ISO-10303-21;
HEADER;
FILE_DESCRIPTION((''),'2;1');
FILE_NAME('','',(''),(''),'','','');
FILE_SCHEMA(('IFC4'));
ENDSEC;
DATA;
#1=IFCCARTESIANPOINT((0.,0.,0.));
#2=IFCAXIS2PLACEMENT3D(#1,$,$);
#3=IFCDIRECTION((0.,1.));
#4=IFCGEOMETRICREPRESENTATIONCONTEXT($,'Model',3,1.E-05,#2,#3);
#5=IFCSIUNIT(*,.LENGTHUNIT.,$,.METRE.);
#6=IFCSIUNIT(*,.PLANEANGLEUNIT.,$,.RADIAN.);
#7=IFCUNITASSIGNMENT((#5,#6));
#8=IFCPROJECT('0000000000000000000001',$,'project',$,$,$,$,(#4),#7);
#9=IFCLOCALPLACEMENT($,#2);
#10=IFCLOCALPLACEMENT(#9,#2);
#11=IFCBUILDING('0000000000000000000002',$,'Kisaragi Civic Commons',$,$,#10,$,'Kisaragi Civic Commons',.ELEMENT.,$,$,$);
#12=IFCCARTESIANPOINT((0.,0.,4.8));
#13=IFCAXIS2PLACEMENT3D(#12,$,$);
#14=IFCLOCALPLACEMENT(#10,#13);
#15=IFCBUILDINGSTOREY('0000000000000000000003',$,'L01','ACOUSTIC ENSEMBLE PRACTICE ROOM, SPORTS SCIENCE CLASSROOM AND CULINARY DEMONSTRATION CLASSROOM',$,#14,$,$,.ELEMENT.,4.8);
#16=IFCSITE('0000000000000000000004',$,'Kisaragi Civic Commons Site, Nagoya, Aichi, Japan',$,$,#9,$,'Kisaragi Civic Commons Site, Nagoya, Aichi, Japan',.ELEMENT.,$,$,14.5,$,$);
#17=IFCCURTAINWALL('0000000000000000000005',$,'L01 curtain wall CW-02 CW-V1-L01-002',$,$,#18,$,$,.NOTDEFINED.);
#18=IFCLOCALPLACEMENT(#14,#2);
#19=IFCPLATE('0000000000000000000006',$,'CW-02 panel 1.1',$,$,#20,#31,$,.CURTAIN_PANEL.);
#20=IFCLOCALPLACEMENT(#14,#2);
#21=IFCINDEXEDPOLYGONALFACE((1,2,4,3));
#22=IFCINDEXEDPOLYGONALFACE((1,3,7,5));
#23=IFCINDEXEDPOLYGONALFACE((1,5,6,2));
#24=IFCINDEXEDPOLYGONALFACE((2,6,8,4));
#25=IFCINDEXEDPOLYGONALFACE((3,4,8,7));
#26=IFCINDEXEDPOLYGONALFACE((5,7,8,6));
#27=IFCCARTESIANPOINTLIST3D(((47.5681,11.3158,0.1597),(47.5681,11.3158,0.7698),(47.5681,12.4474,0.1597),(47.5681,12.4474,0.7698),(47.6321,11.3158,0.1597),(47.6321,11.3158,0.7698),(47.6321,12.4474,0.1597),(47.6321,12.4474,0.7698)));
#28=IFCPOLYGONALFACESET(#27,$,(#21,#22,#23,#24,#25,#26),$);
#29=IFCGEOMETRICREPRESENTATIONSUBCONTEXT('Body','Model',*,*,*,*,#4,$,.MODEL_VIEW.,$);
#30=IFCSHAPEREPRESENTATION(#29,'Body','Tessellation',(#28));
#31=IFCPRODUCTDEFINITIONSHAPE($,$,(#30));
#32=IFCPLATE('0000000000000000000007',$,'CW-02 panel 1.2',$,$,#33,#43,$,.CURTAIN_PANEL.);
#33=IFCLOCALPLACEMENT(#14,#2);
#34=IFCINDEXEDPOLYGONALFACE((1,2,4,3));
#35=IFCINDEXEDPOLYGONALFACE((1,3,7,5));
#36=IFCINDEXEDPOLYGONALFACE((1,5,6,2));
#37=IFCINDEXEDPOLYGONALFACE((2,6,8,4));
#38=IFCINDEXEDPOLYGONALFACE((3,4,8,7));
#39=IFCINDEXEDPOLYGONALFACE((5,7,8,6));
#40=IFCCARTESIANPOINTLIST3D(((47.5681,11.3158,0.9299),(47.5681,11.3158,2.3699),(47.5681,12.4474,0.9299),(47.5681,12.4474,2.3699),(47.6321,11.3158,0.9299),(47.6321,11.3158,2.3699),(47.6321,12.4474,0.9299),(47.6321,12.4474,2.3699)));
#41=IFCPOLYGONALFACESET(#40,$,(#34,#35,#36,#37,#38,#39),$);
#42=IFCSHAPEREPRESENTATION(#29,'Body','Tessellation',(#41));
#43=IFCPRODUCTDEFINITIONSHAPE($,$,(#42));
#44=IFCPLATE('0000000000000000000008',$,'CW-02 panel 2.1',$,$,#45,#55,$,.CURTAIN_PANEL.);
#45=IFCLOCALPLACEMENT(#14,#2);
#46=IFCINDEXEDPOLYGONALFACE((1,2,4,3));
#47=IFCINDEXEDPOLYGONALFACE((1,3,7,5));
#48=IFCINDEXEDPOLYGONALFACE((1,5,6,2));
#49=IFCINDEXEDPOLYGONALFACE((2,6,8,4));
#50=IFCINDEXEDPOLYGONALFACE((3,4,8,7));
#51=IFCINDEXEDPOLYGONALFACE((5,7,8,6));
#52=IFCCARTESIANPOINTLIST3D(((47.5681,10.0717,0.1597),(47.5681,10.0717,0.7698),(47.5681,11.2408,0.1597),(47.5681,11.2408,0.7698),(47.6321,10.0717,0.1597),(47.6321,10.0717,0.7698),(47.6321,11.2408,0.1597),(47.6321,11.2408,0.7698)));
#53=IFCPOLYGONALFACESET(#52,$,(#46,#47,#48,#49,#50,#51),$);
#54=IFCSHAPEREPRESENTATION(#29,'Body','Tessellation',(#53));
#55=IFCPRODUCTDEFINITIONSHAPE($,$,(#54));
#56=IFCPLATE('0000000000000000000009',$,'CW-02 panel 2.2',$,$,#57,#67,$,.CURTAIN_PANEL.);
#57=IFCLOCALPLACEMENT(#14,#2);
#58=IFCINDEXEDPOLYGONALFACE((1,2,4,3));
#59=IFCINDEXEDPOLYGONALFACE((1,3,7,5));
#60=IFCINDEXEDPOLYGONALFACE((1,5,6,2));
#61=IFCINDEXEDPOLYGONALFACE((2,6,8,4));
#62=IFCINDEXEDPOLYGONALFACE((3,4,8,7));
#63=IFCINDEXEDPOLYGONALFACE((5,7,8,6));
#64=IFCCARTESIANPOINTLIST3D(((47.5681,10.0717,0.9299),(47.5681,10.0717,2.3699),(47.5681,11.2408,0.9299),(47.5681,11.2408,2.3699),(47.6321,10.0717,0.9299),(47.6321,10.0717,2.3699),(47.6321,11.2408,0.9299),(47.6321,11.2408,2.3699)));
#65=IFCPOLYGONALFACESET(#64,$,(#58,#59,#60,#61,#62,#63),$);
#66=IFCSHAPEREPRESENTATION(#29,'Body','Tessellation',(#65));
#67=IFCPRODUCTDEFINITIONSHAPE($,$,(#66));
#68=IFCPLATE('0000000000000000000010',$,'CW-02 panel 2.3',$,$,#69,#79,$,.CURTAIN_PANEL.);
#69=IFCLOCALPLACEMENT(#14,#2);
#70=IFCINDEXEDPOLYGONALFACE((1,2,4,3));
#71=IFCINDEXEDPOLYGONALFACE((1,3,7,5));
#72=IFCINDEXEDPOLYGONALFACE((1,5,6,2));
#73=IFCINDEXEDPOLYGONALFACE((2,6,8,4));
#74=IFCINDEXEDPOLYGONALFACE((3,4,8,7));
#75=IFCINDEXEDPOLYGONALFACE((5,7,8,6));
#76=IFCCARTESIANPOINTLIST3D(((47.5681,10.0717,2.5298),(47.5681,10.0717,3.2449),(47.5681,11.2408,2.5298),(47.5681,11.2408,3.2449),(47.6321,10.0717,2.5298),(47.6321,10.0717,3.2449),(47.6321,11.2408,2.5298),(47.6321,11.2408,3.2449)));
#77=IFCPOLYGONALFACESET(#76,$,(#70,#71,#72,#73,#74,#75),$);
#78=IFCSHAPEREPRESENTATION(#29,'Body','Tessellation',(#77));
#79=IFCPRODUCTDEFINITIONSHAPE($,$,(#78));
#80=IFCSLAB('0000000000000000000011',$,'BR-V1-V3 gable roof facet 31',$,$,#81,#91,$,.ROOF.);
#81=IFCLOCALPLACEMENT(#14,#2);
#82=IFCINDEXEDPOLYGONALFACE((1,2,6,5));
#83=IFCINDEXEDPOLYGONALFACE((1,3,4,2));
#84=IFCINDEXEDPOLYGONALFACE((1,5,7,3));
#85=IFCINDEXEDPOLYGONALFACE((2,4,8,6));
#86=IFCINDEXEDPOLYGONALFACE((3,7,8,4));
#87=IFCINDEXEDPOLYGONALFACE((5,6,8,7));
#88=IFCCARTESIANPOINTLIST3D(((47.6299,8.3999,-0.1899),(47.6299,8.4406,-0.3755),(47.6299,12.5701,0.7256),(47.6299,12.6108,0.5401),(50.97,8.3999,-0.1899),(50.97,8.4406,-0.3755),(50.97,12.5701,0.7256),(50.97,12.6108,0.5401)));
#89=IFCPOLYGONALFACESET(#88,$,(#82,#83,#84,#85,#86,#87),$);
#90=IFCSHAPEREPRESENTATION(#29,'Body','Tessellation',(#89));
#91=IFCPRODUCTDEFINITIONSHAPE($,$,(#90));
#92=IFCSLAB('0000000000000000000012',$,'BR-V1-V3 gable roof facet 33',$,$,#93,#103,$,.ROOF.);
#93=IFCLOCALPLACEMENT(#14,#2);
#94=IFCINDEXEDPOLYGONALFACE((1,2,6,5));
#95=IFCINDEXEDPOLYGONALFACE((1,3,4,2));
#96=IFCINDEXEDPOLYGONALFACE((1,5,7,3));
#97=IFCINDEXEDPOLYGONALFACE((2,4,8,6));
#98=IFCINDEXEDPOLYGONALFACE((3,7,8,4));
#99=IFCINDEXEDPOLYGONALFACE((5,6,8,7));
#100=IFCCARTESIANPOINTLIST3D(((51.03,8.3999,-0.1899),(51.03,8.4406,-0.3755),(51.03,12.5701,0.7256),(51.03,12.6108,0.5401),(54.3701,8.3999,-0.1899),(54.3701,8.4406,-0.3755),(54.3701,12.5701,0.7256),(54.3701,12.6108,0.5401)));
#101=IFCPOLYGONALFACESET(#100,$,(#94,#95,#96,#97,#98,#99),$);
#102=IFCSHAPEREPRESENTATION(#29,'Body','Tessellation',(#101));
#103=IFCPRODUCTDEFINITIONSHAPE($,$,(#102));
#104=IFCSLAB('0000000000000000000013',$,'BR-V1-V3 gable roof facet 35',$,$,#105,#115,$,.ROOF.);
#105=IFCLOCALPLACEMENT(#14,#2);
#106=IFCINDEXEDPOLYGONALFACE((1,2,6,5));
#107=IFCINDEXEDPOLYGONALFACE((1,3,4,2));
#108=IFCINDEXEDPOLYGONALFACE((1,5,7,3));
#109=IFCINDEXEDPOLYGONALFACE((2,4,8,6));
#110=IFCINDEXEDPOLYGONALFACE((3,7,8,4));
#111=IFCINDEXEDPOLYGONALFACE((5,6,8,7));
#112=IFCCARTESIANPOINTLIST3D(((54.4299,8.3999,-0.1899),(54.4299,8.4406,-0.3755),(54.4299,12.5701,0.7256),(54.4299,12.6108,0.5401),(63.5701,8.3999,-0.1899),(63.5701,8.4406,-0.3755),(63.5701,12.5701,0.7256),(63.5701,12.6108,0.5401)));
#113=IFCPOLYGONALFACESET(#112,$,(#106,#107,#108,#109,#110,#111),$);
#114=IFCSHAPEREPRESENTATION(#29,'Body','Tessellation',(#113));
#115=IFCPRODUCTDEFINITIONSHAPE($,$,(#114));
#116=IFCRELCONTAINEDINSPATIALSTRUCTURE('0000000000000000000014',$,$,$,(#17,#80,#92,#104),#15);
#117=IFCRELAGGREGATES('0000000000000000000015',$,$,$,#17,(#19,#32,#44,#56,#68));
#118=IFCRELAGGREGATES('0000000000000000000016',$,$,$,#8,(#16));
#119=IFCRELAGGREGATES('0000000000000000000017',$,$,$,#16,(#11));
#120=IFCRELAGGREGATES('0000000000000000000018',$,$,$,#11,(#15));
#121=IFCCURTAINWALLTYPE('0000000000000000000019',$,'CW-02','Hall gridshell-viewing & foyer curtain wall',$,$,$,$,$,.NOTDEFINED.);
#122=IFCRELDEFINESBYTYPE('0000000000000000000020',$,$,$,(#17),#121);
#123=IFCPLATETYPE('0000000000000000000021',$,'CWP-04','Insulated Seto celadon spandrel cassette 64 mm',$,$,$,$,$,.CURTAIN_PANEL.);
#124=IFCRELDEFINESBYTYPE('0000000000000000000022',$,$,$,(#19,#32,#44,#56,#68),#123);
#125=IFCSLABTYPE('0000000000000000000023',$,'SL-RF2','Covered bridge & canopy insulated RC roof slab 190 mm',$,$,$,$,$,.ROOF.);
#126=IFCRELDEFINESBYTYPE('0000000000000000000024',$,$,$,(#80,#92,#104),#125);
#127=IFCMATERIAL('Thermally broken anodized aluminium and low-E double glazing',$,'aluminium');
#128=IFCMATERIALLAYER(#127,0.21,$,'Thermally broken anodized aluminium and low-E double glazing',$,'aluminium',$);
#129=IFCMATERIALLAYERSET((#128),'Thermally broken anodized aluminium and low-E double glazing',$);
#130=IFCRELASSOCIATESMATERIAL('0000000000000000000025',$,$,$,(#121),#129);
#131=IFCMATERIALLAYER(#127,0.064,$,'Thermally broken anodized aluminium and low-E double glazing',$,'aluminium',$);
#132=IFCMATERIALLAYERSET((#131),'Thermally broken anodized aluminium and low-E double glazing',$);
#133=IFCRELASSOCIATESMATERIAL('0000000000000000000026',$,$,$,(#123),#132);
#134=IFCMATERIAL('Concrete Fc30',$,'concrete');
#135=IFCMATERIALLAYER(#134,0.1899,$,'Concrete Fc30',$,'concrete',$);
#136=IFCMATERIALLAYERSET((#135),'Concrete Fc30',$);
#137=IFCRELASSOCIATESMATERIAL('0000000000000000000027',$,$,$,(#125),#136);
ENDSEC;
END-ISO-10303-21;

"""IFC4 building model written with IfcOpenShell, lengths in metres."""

from ifc_helpers import new_model, si_unit, direction, frame, origin, origin_2d, place, context, subcontext, project, spatial, polyline, rectangle, outline, extrude, material, layer, layer_set, type_object, element, aggregate, save


model = new_model("IFC4")

# Units and contexts
model_context = context("Model", 3, precision=1e-05, world=origin(), true_north=direction((0.0, 1.0)))
body_context = subcontext(model_context, "Body", "Model", "MODEL_VIEW")
ifc_project = project(units=[si_unit("LENGTHUNIT", "METRE"), si_unit("PLANEANGLEUNIT", "RADIAN")], contexts=[model_context])

# Site, building, storey
site_placement = place(None, origin())
site = spatial("IfcSite", under=ifc_project, at=site_placement, Name="Kisaragi Civic Commons Site, Nagoya, Aichi, Japan", LongName="Kisaragi Civic Commons Site, Nagoya, Aichi, Japan", CompositionType="ELEMENT", RefElevation=14.5)
building_placement = place(site_placement, origin())
building = spatial("IfcBuilding", under=site, at=building_placement, Name="Kisaragi Civic Commons", LongName="Kisaragi Civic Commons", CompositionType="ELEMENT")
storey_placement = place(building_placement, frame((0.0, 0.0, 4.8)))
storey = spatial("IfcBuildingStorey", under=building, at=storey_placement, Name="L01", Description="ACOUSTIC ENSEMBLE PRACTICE ROOM, SPORTS SCIENCE CLASSROOM AND CULINARY DEMONSTRATION CLASSROOM", CompositionType="ELEMENT", Elevation=4.8)

# Curtain wall
ifc_material_1 = material(Name="Thermally broken anodized aluminium and low-E double glazing", Category="aluminium")
ifc_layer_1 = layer(ifc_material_1, 0.21, Name="Thermally broken anodized aluminium and low-E double glazing", Category="aluminium")
ifc_layer_set_1 = layer_set([ifc_layer_1], Name="Thermally broken anodized aluminium and low-E double glazing")
curtain_wall_type = type_object("IfcCurtainWallType", Name="CW-02", Description="Hall gridshell-viewing & foyer curtain wall", PredefinedType="NOTDEFINED", material=ifc_layer_set_1)
curtain_wall_placement = place(storey_placement, origin())
curtain_wall = element("IfcCurtainWall", 1, at=curtain_wall_placement, inside=storey, type_object=curtain_wall_type, Name="L01 curtain wall CW-02 CW-V1-L01-002", PredefinedType="NOTDEFINED")

# Plates
ifc_layer_2 = layer(ifc_material_1, 0.064, Name="Thermally broken anodized aluminium and low-E double glazing", Category="aluminium")
ifc_layer_set_2 = layer_set([ifc_layer_2], Name="Thermally broken anodized aluminium and low-E double glazing")
plate_type = type_object("IfcPlateType", Name="CWP-04", Description="Insulated Seto celadon spandrel cassette 64 mm", PredefinedType="CURTAIN_PANEL", material=ifc_layer_set_2)
plate_1_placement = place(storey_placement, frame((47.6001, 11.8816, 0.1597), z_axis=(0.0, 0.0, 1.0), x_axis=(0.0, -1.0, 0.0)))
plate_1 = element("IfcPlate", 2, at=plate_1_placement, type_object=plate_type, Name="CW-02 panel 1.1", PredefinedType="CURTAIN_PANEL", context=body_context, shape_type="SweptSolid", body=[
    extrude(rectangle(XDim=1.1316, YDim=0.064, at=origin_2d()), origin(), (0.0, 0.0, 1.0), 0.6101),
])
plate_2_placement = place(storey_placement, frame((47.6001, 11.8816, 0.9299), z_axis=(0.0, 0.0, 1.0), x_axis=(0.0, -1.0, 0.0)))
plate_2 = element("IfcPlate", 3, at=plate_2_placement, type_object=plate_type, Name="CW-02 panel 1.2", PredefinedType="CURTAIN_PANEL", context=body_context, shape_type="SweptSolid", body=[
    extrude(rectangle(XDim=1.1316, YDim=0.064, at=origin_2d()), origin(), (0.0, 0.0, 1.0), 1.4399),
])
plate_3_placement = place(storey_placement, frame((47.6001, 10.6562, 0.1597), z_axis=(0.0, 0.0, 1.0), x_axis=(0.0, -1.0, 0.0)))
plate_3 = element("IfcPlate", 4, at=plate_3_placement, type_object=plate_type, Name="CW-02 panel 2.1", PredefinedType="CURTAIN_PANEL", context=body_context, shape_type="SweptSolid", body=[
    extrude(rectangle(XDim=1.1692, YDim=0.064, at=origin_2d()), origin(), (0.0, 0.0, 1.0), 0.6101),
])
plate_4_placement = place(storey_placement, frame((47.6001, 10.6562, 0.9299), z_axis=(0.0, 0.0, 1.0), x_axis=(0.0, -1.0, 0.0)))
plate_4 = element("IfcPlate", 5, at=plate_4_placement, type_object=plate_type, Name="CW-02 panel 2.2", PredefinedType="CURTAIN_PANEL", context=body_context, shape_type="SweptSolid", body=[
    extrude(rectangle(XDim=1.1692, YDim=0.064, at=origin_2d()), origin(), (0.0, 0.0, 1.0), 1.4399),
])
plate_5_placement = place(storey_placement, frame((47.6001, 10.6562, 2.5298), z_axis=(0.0, 0.0, 1.0), x_axis=(0.0, -1.0, 0.0)))
plate_5 = element("IfcPlate", 6, at=plate_5_placement, type_object=plate_type, Name="CW-02 panel 2.3", PredefinedType="CURTAIN_PANEL", context=body_context, shape_type="SweptSolid", body=[
    extrude(rectangle(XDim=1.1692, YDim=0.064, at=origin_2d()), origin(), (0.0, 0.0, 1.0), 0.7151),
])
aggregate(curtain_wall, [plate_1, plate_2, plate_3, plate_4, plate_5])

# Slabs
ifc_material_2 = material(Name="Concrete Fc30", Category="concrete")
ifc_layer_3 = layer(ifc_material_2, 0.1899, Name="Concrete Fc30", Category="concrete")
ifc_layer_set_3 = layer_set([ifc_layer_3], Name="Concrete Fc30")
slab_type = type_object("IfcSlabType", Name="SL-RF2", Description="Covered bridge & canopy insulated RC roof slab 190 mm", PredefinedType="ROOF", material=ifc_layer_set_3)
for number, where, z_axis, x_axis, name in (
    (7, (47.6299, 8.3999, -0.1899), (0.0, -0.214435, 0.976738), (1.0, 0.0, 0.0), "BR-V1-V3 gable roof facet 31"),
    (8, (51.03, 8.3999, -0.1899), (0.0, -0.214435, 0.976738), (1.0, 0.0, 0.0), "BR-V1-V3 gable roof facet 33"),
):
    element("IfcSlab", number, at=place(storey_placement, frame(where, z_axis=z_axis, x_axis=x_axis)), inside=storey, type_object=slab_type, Name=name, PredefinedType="ROOF", context=body_context, shape_type="SweptSolid", body=[
        extrude(outline(polyline([(0.0, 0.0), (3.3401, 0.0), (3.3401, 4.2695), (0.0, 4.2695), (0.0, 0.0)])), origin(), (0.0, 0.0, -1.0), 0.1899),
    ])
slab_placement = place(storey_placement, frame((54.4299, 8.3999, -0.1899), z_axis=(0.0, -0.214435, 0.976738), x_axis=(1.0, 0.0, 0.0)))
element("IfcSlab", 9, at=slab_placement, inside=storey, type_object=slab_type, Name="BR-V1-V3 gable roof facet 35", PredefinedType="ROOF", context=body_context, shape_type="SweptSolid", body=[
    extrude(outline(polyline([(0.0, 0.0), (9.1401, 0.0), (9.1401, 4.2695), (0.0, 4.2695), (0.0, 0.0)])), origin(), (0.0, 0.0, -1.0), 0.1899),
])

save(model, "model.ifc")
